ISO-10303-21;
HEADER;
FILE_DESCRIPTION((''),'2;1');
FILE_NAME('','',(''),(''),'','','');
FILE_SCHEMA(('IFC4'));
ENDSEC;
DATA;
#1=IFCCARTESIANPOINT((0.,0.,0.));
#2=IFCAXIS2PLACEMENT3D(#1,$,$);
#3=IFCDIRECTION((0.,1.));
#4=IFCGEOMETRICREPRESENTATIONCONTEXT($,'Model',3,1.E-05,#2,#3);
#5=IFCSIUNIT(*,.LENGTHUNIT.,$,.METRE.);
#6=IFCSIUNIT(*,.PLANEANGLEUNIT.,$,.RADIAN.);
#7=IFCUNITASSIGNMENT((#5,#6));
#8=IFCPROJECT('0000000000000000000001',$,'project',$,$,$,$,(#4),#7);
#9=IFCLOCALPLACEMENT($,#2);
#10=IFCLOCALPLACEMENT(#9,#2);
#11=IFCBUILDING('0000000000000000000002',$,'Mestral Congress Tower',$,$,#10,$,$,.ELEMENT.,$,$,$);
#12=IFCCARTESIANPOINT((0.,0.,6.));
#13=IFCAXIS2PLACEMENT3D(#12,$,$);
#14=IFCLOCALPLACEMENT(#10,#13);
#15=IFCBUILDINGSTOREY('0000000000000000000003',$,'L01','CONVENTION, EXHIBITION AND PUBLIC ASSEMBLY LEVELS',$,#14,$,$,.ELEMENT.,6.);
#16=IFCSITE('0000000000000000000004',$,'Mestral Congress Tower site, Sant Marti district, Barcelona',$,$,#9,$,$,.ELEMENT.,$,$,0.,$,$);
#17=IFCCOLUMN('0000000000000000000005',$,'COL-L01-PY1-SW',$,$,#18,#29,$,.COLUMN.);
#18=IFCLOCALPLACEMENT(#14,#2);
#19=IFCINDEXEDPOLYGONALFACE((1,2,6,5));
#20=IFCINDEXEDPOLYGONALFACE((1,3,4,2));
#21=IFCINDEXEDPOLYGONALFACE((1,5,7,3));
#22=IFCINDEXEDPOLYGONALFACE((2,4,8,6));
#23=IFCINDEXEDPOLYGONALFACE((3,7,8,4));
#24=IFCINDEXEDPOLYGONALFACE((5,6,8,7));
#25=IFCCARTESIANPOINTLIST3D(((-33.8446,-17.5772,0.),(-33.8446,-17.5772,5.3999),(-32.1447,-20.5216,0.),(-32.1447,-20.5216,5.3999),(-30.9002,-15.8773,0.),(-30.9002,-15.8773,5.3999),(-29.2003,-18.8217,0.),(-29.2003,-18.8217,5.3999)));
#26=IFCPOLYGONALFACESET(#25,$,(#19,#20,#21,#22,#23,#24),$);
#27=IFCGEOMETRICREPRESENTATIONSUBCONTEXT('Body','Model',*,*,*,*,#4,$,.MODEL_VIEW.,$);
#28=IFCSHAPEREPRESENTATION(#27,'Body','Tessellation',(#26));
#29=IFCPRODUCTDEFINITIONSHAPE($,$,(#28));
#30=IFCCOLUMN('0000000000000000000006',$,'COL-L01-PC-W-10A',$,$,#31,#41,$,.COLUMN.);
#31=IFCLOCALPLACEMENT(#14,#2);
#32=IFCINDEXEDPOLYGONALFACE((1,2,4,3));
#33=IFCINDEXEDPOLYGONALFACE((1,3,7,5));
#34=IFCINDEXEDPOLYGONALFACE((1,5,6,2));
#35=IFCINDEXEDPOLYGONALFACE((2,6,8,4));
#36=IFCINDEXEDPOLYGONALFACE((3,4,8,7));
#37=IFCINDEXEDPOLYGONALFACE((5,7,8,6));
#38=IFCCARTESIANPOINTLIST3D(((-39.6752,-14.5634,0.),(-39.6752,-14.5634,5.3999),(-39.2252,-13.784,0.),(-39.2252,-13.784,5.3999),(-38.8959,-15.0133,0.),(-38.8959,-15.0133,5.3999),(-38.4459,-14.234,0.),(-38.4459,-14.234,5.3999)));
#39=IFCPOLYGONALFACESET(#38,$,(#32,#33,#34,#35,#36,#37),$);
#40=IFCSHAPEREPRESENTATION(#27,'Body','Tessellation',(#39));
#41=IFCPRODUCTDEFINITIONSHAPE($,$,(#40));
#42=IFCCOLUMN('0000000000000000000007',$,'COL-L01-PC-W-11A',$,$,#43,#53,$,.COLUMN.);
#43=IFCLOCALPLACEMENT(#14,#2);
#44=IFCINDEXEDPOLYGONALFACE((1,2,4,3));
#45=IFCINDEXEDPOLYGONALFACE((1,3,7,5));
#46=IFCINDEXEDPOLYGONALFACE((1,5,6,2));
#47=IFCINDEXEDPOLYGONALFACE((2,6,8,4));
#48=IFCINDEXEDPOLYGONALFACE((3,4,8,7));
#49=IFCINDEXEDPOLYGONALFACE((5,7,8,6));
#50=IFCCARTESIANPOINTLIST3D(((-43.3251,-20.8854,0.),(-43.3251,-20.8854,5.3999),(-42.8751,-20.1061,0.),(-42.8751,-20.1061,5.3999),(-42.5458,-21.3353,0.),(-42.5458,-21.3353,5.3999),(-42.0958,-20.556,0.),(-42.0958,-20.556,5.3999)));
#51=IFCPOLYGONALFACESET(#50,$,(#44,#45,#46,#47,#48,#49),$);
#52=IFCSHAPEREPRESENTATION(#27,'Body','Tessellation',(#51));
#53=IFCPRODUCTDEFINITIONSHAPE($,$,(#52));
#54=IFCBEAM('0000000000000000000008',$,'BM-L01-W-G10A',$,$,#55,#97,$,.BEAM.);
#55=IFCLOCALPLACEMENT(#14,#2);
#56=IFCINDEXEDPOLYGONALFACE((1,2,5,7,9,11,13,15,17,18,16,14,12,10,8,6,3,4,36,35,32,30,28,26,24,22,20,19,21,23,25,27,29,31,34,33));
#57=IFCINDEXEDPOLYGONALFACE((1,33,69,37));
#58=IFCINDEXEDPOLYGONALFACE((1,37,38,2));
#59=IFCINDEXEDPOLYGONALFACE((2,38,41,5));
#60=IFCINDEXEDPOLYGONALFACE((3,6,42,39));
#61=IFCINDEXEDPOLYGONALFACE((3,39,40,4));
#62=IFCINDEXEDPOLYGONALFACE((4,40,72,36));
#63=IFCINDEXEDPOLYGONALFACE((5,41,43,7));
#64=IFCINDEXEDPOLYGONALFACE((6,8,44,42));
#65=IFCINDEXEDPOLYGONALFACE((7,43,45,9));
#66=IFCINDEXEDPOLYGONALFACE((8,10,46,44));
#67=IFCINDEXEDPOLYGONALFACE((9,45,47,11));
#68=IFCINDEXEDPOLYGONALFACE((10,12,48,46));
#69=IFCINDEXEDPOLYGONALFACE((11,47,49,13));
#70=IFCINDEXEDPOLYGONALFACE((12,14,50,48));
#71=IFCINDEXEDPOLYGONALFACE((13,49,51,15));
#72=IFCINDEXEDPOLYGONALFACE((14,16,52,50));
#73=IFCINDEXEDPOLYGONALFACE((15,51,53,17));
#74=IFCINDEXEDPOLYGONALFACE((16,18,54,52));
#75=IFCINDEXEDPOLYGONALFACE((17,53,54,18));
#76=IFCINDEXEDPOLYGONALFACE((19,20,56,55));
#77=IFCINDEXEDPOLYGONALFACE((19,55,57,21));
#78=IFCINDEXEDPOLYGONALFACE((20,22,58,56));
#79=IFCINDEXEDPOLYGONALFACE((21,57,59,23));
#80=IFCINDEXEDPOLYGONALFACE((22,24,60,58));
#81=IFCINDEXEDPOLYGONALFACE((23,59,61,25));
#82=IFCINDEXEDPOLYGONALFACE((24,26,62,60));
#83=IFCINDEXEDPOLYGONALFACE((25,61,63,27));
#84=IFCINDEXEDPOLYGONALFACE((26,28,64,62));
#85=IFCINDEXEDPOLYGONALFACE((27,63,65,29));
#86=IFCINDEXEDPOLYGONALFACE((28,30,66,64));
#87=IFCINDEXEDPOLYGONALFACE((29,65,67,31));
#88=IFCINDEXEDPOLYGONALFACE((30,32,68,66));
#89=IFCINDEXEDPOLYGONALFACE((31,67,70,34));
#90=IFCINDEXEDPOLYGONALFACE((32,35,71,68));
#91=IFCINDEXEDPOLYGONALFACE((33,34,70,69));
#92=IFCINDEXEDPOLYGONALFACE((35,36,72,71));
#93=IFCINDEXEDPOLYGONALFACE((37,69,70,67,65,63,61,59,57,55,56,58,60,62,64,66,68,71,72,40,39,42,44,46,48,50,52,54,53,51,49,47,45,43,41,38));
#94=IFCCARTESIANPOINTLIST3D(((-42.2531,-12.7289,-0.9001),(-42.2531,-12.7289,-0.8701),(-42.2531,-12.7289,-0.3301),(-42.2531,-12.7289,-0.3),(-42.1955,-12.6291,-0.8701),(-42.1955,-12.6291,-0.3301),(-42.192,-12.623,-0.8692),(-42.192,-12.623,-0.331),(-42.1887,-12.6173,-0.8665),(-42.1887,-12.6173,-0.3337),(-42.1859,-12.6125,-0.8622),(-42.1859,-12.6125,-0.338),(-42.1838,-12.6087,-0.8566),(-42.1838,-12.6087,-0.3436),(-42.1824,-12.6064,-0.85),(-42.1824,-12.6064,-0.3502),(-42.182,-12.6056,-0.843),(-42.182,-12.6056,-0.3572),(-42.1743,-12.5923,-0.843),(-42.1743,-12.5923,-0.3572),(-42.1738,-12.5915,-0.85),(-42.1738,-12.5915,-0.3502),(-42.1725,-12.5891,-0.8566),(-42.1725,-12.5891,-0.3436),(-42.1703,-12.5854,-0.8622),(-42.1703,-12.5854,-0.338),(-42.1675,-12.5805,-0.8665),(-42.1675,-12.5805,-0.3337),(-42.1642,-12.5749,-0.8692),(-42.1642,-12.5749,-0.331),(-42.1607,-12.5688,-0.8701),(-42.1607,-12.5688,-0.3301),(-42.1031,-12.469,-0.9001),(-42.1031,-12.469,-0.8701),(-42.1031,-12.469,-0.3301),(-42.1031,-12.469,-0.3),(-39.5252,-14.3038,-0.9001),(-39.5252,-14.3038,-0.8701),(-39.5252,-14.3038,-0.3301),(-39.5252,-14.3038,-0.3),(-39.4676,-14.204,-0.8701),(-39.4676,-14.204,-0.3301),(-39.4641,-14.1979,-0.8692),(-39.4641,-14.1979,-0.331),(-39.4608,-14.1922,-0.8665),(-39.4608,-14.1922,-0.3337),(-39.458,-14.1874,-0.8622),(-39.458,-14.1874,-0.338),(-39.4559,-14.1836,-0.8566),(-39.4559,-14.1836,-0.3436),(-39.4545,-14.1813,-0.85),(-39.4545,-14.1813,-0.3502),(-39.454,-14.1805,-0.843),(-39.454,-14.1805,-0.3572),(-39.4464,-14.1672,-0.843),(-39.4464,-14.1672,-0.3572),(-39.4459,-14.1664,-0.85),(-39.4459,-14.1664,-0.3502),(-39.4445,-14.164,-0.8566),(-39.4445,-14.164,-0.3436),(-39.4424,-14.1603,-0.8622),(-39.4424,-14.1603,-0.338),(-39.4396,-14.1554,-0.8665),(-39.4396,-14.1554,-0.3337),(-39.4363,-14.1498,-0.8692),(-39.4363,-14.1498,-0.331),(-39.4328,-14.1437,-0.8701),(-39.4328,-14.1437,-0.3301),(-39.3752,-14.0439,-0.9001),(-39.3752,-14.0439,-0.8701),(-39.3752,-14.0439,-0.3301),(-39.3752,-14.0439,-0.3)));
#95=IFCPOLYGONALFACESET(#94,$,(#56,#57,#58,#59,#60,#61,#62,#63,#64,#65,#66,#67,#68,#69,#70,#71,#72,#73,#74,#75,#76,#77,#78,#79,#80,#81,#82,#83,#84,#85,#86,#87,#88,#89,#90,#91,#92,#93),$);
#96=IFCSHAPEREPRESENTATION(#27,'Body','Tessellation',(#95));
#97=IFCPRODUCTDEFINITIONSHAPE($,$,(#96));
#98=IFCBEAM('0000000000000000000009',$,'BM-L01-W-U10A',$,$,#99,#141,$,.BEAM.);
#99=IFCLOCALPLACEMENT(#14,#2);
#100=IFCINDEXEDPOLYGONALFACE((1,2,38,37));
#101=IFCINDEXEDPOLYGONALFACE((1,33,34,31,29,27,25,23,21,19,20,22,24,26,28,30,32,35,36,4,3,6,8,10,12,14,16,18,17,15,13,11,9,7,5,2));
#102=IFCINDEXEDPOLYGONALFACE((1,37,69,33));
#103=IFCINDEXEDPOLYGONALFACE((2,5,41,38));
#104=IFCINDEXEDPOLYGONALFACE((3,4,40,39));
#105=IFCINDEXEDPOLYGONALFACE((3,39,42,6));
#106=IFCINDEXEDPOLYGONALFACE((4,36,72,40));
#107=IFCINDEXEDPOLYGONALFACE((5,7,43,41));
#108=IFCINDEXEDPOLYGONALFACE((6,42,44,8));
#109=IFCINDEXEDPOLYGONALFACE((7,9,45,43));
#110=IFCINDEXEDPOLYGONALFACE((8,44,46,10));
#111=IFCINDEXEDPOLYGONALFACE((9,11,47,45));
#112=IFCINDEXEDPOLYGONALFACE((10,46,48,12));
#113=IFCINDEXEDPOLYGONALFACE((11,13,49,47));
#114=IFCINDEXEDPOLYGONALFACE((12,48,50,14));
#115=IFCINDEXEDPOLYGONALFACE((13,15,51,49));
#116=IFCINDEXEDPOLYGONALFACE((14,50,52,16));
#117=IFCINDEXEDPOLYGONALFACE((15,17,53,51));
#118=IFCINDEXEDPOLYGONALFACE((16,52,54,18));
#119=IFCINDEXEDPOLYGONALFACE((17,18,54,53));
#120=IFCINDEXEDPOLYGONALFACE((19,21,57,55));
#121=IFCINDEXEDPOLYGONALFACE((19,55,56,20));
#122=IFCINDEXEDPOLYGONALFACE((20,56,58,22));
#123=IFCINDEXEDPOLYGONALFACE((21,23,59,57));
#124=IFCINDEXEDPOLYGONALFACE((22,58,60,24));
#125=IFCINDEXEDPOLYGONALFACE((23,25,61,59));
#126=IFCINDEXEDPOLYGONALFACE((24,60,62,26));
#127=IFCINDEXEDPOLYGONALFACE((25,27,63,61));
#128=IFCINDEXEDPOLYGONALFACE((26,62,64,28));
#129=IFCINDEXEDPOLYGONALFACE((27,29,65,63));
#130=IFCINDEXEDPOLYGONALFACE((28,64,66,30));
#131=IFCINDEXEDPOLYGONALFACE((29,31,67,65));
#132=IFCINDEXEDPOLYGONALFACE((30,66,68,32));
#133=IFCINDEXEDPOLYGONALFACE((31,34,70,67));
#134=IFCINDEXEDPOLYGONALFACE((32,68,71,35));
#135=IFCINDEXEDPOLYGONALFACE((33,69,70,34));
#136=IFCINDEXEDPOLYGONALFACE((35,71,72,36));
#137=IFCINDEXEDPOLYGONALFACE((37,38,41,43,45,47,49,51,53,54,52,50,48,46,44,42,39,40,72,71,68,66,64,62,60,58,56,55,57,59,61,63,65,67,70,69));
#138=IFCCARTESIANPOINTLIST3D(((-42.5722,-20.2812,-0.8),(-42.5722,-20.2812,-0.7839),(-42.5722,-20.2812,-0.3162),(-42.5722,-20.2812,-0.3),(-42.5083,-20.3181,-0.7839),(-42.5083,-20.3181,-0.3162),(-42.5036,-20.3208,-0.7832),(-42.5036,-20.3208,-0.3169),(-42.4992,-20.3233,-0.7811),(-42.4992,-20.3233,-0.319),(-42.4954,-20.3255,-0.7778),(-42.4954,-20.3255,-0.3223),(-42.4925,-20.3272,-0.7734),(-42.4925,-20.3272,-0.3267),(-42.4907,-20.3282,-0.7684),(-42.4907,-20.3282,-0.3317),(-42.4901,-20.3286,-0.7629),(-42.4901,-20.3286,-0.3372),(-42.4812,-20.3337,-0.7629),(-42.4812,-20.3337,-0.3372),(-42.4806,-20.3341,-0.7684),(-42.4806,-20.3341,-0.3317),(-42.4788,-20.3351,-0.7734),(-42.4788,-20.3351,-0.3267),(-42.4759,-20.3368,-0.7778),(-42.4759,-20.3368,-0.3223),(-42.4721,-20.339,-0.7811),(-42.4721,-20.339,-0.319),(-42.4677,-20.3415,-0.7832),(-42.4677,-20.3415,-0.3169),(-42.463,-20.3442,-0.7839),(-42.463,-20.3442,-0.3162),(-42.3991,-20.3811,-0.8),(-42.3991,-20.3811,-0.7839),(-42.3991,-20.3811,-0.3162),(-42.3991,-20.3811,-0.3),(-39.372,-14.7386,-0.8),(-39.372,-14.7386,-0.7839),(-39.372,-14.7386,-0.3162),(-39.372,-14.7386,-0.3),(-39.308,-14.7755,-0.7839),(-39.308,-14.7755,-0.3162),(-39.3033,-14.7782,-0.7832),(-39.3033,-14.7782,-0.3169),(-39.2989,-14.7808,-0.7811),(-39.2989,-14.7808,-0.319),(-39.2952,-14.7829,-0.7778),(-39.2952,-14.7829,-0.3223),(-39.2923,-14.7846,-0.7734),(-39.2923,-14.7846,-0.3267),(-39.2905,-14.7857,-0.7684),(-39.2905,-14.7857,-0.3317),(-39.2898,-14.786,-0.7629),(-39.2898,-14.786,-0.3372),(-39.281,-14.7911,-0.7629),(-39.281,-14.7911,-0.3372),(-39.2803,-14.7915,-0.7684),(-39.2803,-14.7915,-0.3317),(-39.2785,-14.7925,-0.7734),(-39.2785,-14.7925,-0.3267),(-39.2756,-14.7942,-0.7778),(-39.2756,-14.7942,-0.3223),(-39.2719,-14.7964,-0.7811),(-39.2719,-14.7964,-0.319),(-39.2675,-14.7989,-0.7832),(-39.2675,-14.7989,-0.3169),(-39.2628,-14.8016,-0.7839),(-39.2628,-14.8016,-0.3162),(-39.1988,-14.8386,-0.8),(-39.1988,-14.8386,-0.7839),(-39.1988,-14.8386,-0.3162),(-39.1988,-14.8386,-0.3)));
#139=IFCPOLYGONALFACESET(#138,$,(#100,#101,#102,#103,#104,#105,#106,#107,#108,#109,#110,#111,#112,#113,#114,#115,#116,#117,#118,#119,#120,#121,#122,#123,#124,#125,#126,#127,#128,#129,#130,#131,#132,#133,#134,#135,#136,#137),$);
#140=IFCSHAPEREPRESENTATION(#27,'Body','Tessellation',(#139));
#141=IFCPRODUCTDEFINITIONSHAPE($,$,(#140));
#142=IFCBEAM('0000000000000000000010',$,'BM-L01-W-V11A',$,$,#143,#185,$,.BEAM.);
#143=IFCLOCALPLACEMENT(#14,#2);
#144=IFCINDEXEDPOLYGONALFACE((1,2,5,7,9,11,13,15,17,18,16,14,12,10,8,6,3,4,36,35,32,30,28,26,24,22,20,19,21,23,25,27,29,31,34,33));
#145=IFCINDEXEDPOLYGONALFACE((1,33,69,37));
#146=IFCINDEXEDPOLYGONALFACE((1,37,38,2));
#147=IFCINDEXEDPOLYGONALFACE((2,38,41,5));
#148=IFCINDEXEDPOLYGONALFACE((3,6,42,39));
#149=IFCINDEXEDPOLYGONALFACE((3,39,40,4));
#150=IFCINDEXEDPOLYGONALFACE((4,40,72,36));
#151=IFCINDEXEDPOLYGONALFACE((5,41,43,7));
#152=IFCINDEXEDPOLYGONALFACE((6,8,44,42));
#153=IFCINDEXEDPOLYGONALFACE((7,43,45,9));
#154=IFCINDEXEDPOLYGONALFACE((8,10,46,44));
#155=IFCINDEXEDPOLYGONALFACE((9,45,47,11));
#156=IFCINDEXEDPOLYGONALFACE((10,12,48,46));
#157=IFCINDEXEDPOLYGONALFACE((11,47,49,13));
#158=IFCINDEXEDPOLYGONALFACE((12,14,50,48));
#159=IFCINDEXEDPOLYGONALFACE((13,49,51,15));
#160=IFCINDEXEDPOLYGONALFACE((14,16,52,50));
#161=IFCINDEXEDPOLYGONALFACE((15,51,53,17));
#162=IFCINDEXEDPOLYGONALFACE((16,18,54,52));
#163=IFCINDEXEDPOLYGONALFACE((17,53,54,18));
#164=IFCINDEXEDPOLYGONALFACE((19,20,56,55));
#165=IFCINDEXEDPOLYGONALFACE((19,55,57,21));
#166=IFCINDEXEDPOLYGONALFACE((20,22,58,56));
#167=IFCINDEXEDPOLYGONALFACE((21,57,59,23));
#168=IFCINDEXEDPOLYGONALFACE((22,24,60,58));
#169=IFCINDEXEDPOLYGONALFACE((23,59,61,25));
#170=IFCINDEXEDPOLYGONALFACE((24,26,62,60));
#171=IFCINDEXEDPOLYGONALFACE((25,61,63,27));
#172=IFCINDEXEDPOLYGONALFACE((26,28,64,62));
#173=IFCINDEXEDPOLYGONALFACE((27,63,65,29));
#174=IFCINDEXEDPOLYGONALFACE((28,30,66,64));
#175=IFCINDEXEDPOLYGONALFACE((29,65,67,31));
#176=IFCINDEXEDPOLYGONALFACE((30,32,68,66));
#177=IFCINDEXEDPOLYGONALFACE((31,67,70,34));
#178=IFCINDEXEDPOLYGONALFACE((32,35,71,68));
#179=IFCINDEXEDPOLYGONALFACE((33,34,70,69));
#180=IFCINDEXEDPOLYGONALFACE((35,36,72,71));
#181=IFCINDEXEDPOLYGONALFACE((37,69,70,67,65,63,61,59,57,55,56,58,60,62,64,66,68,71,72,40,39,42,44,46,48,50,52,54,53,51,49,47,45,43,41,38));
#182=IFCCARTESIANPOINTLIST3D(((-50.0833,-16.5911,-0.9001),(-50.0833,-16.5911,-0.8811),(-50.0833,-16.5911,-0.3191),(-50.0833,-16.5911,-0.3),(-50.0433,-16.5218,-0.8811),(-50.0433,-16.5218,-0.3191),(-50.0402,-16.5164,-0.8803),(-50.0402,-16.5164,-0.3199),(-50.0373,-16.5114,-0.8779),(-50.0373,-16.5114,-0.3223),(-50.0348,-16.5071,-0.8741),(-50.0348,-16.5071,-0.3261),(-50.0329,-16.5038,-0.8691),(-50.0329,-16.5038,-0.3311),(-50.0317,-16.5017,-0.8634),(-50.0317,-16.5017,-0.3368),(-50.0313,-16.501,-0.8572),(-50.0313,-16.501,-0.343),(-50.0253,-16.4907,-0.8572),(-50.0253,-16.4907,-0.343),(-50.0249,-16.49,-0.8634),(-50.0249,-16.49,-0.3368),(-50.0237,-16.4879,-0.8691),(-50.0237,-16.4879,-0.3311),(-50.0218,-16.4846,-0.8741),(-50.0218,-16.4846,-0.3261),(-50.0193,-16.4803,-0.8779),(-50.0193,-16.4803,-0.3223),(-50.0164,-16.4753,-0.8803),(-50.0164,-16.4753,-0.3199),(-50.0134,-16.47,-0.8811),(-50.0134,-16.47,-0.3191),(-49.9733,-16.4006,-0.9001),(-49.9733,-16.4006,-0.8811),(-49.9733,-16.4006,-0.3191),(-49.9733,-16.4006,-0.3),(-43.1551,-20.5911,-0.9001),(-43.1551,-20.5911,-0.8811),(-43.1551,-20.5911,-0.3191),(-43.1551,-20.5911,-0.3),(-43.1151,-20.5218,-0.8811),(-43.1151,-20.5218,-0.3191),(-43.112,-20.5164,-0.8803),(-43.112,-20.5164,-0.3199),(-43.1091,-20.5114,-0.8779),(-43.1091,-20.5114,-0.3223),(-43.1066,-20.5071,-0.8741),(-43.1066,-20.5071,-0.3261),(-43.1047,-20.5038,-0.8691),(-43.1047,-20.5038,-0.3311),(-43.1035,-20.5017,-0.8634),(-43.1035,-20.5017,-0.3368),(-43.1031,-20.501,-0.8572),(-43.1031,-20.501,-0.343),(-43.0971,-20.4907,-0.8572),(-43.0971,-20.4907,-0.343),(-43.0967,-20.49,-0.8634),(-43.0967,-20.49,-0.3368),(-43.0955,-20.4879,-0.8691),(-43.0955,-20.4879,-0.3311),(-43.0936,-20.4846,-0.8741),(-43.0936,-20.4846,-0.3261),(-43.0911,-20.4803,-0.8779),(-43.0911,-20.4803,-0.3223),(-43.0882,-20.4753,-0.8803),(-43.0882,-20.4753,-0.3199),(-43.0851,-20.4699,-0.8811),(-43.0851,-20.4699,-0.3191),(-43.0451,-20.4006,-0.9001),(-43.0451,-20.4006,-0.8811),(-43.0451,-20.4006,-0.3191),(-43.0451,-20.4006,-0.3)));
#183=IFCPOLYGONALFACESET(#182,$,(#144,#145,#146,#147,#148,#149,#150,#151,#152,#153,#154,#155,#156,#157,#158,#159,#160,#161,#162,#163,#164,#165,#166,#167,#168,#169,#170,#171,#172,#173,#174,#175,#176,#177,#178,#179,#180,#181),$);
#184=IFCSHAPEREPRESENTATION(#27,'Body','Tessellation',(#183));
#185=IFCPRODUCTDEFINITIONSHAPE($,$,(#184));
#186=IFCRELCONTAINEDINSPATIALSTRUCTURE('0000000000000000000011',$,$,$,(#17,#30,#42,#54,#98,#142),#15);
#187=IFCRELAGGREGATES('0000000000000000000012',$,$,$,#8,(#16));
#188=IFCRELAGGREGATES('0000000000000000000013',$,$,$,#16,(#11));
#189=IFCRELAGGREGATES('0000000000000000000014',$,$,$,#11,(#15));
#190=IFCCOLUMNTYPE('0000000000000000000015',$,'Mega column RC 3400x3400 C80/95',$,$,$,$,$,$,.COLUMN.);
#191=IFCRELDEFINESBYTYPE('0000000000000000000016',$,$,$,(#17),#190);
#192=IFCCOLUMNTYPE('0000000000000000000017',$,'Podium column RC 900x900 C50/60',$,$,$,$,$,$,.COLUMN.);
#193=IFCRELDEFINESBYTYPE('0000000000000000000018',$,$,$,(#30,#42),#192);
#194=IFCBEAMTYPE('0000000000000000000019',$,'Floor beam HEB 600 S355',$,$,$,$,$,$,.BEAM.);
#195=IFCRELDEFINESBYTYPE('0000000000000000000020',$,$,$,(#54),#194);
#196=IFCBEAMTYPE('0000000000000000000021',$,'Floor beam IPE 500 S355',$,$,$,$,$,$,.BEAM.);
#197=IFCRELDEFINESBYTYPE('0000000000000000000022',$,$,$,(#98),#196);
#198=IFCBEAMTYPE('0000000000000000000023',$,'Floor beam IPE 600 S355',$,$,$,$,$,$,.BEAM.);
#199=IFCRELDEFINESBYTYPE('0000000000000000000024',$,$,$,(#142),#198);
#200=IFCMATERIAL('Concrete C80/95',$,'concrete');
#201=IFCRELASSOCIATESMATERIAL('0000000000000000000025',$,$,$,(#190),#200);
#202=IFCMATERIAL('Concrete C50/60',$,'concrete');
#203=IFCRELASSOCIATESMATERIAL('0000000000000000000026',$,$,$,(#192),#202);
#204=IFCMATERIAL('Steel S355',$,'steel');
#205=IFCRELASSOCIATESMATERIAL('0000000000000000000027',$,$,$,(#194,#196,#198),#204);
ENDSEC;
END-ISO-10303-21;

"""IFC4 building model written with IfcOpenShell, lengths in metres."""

from ifc_helpers import new_model, si_unit, direction, frame, origin, origin_2d, place, context, subcontext, project, spatial, rectangle, i_section, extrude, material, material_profile, profile_set, type_object, element, save


model = new_model("IFC4")

# Units and contexts
model_context = context("Model", 3, precision=1e-05, world=origin(), true_north=direction((0.0, 1.0)))
body_context = subcontext(model_context, "Body", "Model", "MODEL_VIEW")
ifc_project = project(units=[si_unit("LENGTHUNIT", "METRE"), si_unit("PLANEANGLEUNIT", "RADIAN")], contexts=[model_context])

# Site, building, storey
site_placement = place(None, origin())
site = spatial("IfcSite", under=ifc_project, at=site_placement, Name="Mestral Congress Tower site, Sant Marti district, Barcelona", CompositionType="ELEMENT", RefElevation=0.0)
building_placement = place(site_placement, origin())
building = spatial("IfcBuilding", under=site, at=building_placement, Name="Mestral Congress Tower", CompositionType="ELEMENT")
storey_placement = place(building_placement, frame((0.0, 0.0, 6.0)))
storey = spatial("IfcBuildingStorey", under=building, at=storey_placement, Name="L01", Description="CONVENTION, EXHIBITION AND PUBLIC ASSEMBLY LEVELS", CompositionType="ELEMENT", Elevation=6.0)

# Columns
ifc_material_1 = material(Name="Concrete C80/95", Category="concrete")
ifc_material_profile_1 = material_profile(ifc_material_1, rectangle(XDim=3.3999, YDim=3.3999, at=origin_2d()), Name="RC 3400x3400")
ifc_profile_set_1 = profile_set([ifc_material_profile_1], Name="Concrete C80/95")
column_type_1 = type_object("IfcColumnType", Name="Mega column RC 3400x3400 C80/95", PredefinedType="COLUMN", material=ifc_profile_set_1)
column_placement = place(storey_placement, frame((-31.5225, -18.1995, 0.0), z_axis=(0.0, 0.0, 1.0), x_axis=(-0.866025, -0.5, 0.0)))
element("IfcColumn", 1, at=column_placement, inside=storey, type_object=column_type_1, Name="COL-L01-PY1-SW", PredefinedType="COLUMN", context=body_context, shape_type="SweptSolid", body=[
    extrude(rectangle(XDim=3.3999, YDim=3.3999, at=origin_2d()), origin(), (0.0, 0.0, 1.0), 5.3999),
])
ifc_material_2 = material(Name="Concrete C50/60", Category="concrete")
ifc_material_profile_2 = material_profile(ifc_material_2, rectangle(XDim=0.8999, YDim=0.8999, at=origin_2d()), Name="RC 900x900")
ifc_profile_set_2 = profile_set([ifc_material_profile_2], Name="Concrete C50/60")
column_type_2 = type_object("IfcColumnType", Name="Podium column RC 900x900 C50/60", PredefinedType="COLUMN", material=ifc_profile_set_2)
for number, where, z_axis, x_axis, name in (
    (2, (-39.0605, -14.3987, 0.0), (0.0, 0.0, 1.0), (-0.5, -0.866025, 0.0), "COL-L01-PC-W-10A"),
    (3, (-42.7104, -20.7207, 0.0), (0.0, 0.0, 1.0), (-0.5, -0.866025, 0.0), "COL-L01-PC-W-11A"),
):
    element("IfcColumn", number, at=place(storey_placement, frame(where, z_axis=z_axis, x_axis=x_axis)), inside=storey, type_object=column_type_2, Name=name, PredefinedType="COLUMN", context=body_context, shape_type="SweptSolid", body=[
        extrude(rectangle(XDim=0.8999, YDim=0.8999, at=origin_2d()), origin(), (0.0, 0.0, 1.0), 5.3999),
    ])

# Beams
ifc_material_3 = material(Name="Steel S355", Category="steel")
ifc_material_profile_3 = material_profile(ifc_material_3, i_section(OverallWidth=0.3, OverallDepth=0.6001, WebThickness=0.0154, FlangeThickness=0.03, FilletRadius=0.0271, at=origin_2d()), Name="HEB 600")
ifc_profile_set_3 = profile_set([ifc_material_profile_3], Name="Steel S355")
beam_type_1 = type_object("IfcBeamType", Name="Floor beam HEB 600 S355", PredefinedType="BEAM", material=ifc_profile_set_3)
beam_1_placement = place(storey_placement, frame((-39.4502, -14.1738, -0.6001), z_axis=(-0.866036, 0.499982, 0.0), x_axis=(-0.499982, -0.866036, 0.0)))
element("IfcBeam", 4, at=beam_1_placement, inside=storey, type_object=beam_type_1, Name="BM-L01-W-G10A", PredefinedType="BEAM", context=body_context, shape_type="SweptSolid", body=[
    extrude(i_section(OverallWidth=0.3, OverallDepth=0.6001, WebThickness=0.0154, FlangeThickness=0.03, FilletRadius=0.0271, at=origin_2d()), origin(), (0.0, 0.0, 1.0), 3.1499),
])
ifc_material_profile_4 = material_profile(ifc_material_3, i_section(OverallWidth=0.2, OverallDepth=0.5, WebThickness=0.0103, FlangeThickness=0.0161, FilletRadius=0.021, at=origin_2d()), Name="IPE 500")
ifc_profile_set_4 = profile_set([ifc_material_profile_4], Name="Steel S355")
beam_type_2 = type_object("IfcBeamType", Name="Floor beam IPE 500 S355", PredefinedType="BEAM", material=ifc_profile_set_4)
beam_2_placement = place(storey_placement, frame((-39.2854, -14.7886, -0.55), z_axis=(-0.500028, -0.866009, 0.0), x_axis=(0.866009, -0.500028, 0.0)))
element("IfcBeam", 5, at=beam_2_placement, inside=storey, type_object=beam_type_2, Name="BM-L01-W-U10A", PredefinedType="BEAM", context=body_context, shape_type="SweptSolid", body=[
    extrude(i_section(OverallWidth=0.2, OverallDepth=0.5, WebThickness=0.0103, FlangeThickness=0.0161, FilletRadius=0.021, at=origin_2d()), origin(), (0.0, 0.0, 1.0), 6.4001),
])
ifc_material_profile_5 = material_profile(ifc_material_3, i_section(OverallWidth=0.22, OverallDepth=0.6001, WebThickness=0.012, FlangeThickness=0.019, FilletRadius=0.0239, at=origin_2d()), Name="IPE 600")
ifc_profile_set_5 = profile_set([ifc_material_profile_5], Name="Steel S355")
beam_type_3 = type_object("IfcBeamType", Name="Floor beam IPE 600 S355", PredefinedType="BEAM", material=ifc_profile_set_5)
beam_3_placement = place(storey_placement, frame((-43.1001, -20.4958, -0.6001), z_axis=(-0.866026, 0.499999, 0.0), x_axis=(-0.499999, -0.866026, 0.0)))
element("IfcBeam", 6, at=beam_3_placement, inside=storey, type_object=beam_type_3, Name="BM-L01-W-V11A", PredefinedType="BEAM", context=body_context, shape_type="SweptSolid", body=[
    extrude(i_section(OverallWidth=0.22, OverallDepth=0.6001, WebThickness=0.012, FlangeThickness=0.019, FilletRadius=0.0239, at=origin_2d()), origin(), (0.0, 0.0, 1.0), 8.0),
])

save(model, "model.ifc")
